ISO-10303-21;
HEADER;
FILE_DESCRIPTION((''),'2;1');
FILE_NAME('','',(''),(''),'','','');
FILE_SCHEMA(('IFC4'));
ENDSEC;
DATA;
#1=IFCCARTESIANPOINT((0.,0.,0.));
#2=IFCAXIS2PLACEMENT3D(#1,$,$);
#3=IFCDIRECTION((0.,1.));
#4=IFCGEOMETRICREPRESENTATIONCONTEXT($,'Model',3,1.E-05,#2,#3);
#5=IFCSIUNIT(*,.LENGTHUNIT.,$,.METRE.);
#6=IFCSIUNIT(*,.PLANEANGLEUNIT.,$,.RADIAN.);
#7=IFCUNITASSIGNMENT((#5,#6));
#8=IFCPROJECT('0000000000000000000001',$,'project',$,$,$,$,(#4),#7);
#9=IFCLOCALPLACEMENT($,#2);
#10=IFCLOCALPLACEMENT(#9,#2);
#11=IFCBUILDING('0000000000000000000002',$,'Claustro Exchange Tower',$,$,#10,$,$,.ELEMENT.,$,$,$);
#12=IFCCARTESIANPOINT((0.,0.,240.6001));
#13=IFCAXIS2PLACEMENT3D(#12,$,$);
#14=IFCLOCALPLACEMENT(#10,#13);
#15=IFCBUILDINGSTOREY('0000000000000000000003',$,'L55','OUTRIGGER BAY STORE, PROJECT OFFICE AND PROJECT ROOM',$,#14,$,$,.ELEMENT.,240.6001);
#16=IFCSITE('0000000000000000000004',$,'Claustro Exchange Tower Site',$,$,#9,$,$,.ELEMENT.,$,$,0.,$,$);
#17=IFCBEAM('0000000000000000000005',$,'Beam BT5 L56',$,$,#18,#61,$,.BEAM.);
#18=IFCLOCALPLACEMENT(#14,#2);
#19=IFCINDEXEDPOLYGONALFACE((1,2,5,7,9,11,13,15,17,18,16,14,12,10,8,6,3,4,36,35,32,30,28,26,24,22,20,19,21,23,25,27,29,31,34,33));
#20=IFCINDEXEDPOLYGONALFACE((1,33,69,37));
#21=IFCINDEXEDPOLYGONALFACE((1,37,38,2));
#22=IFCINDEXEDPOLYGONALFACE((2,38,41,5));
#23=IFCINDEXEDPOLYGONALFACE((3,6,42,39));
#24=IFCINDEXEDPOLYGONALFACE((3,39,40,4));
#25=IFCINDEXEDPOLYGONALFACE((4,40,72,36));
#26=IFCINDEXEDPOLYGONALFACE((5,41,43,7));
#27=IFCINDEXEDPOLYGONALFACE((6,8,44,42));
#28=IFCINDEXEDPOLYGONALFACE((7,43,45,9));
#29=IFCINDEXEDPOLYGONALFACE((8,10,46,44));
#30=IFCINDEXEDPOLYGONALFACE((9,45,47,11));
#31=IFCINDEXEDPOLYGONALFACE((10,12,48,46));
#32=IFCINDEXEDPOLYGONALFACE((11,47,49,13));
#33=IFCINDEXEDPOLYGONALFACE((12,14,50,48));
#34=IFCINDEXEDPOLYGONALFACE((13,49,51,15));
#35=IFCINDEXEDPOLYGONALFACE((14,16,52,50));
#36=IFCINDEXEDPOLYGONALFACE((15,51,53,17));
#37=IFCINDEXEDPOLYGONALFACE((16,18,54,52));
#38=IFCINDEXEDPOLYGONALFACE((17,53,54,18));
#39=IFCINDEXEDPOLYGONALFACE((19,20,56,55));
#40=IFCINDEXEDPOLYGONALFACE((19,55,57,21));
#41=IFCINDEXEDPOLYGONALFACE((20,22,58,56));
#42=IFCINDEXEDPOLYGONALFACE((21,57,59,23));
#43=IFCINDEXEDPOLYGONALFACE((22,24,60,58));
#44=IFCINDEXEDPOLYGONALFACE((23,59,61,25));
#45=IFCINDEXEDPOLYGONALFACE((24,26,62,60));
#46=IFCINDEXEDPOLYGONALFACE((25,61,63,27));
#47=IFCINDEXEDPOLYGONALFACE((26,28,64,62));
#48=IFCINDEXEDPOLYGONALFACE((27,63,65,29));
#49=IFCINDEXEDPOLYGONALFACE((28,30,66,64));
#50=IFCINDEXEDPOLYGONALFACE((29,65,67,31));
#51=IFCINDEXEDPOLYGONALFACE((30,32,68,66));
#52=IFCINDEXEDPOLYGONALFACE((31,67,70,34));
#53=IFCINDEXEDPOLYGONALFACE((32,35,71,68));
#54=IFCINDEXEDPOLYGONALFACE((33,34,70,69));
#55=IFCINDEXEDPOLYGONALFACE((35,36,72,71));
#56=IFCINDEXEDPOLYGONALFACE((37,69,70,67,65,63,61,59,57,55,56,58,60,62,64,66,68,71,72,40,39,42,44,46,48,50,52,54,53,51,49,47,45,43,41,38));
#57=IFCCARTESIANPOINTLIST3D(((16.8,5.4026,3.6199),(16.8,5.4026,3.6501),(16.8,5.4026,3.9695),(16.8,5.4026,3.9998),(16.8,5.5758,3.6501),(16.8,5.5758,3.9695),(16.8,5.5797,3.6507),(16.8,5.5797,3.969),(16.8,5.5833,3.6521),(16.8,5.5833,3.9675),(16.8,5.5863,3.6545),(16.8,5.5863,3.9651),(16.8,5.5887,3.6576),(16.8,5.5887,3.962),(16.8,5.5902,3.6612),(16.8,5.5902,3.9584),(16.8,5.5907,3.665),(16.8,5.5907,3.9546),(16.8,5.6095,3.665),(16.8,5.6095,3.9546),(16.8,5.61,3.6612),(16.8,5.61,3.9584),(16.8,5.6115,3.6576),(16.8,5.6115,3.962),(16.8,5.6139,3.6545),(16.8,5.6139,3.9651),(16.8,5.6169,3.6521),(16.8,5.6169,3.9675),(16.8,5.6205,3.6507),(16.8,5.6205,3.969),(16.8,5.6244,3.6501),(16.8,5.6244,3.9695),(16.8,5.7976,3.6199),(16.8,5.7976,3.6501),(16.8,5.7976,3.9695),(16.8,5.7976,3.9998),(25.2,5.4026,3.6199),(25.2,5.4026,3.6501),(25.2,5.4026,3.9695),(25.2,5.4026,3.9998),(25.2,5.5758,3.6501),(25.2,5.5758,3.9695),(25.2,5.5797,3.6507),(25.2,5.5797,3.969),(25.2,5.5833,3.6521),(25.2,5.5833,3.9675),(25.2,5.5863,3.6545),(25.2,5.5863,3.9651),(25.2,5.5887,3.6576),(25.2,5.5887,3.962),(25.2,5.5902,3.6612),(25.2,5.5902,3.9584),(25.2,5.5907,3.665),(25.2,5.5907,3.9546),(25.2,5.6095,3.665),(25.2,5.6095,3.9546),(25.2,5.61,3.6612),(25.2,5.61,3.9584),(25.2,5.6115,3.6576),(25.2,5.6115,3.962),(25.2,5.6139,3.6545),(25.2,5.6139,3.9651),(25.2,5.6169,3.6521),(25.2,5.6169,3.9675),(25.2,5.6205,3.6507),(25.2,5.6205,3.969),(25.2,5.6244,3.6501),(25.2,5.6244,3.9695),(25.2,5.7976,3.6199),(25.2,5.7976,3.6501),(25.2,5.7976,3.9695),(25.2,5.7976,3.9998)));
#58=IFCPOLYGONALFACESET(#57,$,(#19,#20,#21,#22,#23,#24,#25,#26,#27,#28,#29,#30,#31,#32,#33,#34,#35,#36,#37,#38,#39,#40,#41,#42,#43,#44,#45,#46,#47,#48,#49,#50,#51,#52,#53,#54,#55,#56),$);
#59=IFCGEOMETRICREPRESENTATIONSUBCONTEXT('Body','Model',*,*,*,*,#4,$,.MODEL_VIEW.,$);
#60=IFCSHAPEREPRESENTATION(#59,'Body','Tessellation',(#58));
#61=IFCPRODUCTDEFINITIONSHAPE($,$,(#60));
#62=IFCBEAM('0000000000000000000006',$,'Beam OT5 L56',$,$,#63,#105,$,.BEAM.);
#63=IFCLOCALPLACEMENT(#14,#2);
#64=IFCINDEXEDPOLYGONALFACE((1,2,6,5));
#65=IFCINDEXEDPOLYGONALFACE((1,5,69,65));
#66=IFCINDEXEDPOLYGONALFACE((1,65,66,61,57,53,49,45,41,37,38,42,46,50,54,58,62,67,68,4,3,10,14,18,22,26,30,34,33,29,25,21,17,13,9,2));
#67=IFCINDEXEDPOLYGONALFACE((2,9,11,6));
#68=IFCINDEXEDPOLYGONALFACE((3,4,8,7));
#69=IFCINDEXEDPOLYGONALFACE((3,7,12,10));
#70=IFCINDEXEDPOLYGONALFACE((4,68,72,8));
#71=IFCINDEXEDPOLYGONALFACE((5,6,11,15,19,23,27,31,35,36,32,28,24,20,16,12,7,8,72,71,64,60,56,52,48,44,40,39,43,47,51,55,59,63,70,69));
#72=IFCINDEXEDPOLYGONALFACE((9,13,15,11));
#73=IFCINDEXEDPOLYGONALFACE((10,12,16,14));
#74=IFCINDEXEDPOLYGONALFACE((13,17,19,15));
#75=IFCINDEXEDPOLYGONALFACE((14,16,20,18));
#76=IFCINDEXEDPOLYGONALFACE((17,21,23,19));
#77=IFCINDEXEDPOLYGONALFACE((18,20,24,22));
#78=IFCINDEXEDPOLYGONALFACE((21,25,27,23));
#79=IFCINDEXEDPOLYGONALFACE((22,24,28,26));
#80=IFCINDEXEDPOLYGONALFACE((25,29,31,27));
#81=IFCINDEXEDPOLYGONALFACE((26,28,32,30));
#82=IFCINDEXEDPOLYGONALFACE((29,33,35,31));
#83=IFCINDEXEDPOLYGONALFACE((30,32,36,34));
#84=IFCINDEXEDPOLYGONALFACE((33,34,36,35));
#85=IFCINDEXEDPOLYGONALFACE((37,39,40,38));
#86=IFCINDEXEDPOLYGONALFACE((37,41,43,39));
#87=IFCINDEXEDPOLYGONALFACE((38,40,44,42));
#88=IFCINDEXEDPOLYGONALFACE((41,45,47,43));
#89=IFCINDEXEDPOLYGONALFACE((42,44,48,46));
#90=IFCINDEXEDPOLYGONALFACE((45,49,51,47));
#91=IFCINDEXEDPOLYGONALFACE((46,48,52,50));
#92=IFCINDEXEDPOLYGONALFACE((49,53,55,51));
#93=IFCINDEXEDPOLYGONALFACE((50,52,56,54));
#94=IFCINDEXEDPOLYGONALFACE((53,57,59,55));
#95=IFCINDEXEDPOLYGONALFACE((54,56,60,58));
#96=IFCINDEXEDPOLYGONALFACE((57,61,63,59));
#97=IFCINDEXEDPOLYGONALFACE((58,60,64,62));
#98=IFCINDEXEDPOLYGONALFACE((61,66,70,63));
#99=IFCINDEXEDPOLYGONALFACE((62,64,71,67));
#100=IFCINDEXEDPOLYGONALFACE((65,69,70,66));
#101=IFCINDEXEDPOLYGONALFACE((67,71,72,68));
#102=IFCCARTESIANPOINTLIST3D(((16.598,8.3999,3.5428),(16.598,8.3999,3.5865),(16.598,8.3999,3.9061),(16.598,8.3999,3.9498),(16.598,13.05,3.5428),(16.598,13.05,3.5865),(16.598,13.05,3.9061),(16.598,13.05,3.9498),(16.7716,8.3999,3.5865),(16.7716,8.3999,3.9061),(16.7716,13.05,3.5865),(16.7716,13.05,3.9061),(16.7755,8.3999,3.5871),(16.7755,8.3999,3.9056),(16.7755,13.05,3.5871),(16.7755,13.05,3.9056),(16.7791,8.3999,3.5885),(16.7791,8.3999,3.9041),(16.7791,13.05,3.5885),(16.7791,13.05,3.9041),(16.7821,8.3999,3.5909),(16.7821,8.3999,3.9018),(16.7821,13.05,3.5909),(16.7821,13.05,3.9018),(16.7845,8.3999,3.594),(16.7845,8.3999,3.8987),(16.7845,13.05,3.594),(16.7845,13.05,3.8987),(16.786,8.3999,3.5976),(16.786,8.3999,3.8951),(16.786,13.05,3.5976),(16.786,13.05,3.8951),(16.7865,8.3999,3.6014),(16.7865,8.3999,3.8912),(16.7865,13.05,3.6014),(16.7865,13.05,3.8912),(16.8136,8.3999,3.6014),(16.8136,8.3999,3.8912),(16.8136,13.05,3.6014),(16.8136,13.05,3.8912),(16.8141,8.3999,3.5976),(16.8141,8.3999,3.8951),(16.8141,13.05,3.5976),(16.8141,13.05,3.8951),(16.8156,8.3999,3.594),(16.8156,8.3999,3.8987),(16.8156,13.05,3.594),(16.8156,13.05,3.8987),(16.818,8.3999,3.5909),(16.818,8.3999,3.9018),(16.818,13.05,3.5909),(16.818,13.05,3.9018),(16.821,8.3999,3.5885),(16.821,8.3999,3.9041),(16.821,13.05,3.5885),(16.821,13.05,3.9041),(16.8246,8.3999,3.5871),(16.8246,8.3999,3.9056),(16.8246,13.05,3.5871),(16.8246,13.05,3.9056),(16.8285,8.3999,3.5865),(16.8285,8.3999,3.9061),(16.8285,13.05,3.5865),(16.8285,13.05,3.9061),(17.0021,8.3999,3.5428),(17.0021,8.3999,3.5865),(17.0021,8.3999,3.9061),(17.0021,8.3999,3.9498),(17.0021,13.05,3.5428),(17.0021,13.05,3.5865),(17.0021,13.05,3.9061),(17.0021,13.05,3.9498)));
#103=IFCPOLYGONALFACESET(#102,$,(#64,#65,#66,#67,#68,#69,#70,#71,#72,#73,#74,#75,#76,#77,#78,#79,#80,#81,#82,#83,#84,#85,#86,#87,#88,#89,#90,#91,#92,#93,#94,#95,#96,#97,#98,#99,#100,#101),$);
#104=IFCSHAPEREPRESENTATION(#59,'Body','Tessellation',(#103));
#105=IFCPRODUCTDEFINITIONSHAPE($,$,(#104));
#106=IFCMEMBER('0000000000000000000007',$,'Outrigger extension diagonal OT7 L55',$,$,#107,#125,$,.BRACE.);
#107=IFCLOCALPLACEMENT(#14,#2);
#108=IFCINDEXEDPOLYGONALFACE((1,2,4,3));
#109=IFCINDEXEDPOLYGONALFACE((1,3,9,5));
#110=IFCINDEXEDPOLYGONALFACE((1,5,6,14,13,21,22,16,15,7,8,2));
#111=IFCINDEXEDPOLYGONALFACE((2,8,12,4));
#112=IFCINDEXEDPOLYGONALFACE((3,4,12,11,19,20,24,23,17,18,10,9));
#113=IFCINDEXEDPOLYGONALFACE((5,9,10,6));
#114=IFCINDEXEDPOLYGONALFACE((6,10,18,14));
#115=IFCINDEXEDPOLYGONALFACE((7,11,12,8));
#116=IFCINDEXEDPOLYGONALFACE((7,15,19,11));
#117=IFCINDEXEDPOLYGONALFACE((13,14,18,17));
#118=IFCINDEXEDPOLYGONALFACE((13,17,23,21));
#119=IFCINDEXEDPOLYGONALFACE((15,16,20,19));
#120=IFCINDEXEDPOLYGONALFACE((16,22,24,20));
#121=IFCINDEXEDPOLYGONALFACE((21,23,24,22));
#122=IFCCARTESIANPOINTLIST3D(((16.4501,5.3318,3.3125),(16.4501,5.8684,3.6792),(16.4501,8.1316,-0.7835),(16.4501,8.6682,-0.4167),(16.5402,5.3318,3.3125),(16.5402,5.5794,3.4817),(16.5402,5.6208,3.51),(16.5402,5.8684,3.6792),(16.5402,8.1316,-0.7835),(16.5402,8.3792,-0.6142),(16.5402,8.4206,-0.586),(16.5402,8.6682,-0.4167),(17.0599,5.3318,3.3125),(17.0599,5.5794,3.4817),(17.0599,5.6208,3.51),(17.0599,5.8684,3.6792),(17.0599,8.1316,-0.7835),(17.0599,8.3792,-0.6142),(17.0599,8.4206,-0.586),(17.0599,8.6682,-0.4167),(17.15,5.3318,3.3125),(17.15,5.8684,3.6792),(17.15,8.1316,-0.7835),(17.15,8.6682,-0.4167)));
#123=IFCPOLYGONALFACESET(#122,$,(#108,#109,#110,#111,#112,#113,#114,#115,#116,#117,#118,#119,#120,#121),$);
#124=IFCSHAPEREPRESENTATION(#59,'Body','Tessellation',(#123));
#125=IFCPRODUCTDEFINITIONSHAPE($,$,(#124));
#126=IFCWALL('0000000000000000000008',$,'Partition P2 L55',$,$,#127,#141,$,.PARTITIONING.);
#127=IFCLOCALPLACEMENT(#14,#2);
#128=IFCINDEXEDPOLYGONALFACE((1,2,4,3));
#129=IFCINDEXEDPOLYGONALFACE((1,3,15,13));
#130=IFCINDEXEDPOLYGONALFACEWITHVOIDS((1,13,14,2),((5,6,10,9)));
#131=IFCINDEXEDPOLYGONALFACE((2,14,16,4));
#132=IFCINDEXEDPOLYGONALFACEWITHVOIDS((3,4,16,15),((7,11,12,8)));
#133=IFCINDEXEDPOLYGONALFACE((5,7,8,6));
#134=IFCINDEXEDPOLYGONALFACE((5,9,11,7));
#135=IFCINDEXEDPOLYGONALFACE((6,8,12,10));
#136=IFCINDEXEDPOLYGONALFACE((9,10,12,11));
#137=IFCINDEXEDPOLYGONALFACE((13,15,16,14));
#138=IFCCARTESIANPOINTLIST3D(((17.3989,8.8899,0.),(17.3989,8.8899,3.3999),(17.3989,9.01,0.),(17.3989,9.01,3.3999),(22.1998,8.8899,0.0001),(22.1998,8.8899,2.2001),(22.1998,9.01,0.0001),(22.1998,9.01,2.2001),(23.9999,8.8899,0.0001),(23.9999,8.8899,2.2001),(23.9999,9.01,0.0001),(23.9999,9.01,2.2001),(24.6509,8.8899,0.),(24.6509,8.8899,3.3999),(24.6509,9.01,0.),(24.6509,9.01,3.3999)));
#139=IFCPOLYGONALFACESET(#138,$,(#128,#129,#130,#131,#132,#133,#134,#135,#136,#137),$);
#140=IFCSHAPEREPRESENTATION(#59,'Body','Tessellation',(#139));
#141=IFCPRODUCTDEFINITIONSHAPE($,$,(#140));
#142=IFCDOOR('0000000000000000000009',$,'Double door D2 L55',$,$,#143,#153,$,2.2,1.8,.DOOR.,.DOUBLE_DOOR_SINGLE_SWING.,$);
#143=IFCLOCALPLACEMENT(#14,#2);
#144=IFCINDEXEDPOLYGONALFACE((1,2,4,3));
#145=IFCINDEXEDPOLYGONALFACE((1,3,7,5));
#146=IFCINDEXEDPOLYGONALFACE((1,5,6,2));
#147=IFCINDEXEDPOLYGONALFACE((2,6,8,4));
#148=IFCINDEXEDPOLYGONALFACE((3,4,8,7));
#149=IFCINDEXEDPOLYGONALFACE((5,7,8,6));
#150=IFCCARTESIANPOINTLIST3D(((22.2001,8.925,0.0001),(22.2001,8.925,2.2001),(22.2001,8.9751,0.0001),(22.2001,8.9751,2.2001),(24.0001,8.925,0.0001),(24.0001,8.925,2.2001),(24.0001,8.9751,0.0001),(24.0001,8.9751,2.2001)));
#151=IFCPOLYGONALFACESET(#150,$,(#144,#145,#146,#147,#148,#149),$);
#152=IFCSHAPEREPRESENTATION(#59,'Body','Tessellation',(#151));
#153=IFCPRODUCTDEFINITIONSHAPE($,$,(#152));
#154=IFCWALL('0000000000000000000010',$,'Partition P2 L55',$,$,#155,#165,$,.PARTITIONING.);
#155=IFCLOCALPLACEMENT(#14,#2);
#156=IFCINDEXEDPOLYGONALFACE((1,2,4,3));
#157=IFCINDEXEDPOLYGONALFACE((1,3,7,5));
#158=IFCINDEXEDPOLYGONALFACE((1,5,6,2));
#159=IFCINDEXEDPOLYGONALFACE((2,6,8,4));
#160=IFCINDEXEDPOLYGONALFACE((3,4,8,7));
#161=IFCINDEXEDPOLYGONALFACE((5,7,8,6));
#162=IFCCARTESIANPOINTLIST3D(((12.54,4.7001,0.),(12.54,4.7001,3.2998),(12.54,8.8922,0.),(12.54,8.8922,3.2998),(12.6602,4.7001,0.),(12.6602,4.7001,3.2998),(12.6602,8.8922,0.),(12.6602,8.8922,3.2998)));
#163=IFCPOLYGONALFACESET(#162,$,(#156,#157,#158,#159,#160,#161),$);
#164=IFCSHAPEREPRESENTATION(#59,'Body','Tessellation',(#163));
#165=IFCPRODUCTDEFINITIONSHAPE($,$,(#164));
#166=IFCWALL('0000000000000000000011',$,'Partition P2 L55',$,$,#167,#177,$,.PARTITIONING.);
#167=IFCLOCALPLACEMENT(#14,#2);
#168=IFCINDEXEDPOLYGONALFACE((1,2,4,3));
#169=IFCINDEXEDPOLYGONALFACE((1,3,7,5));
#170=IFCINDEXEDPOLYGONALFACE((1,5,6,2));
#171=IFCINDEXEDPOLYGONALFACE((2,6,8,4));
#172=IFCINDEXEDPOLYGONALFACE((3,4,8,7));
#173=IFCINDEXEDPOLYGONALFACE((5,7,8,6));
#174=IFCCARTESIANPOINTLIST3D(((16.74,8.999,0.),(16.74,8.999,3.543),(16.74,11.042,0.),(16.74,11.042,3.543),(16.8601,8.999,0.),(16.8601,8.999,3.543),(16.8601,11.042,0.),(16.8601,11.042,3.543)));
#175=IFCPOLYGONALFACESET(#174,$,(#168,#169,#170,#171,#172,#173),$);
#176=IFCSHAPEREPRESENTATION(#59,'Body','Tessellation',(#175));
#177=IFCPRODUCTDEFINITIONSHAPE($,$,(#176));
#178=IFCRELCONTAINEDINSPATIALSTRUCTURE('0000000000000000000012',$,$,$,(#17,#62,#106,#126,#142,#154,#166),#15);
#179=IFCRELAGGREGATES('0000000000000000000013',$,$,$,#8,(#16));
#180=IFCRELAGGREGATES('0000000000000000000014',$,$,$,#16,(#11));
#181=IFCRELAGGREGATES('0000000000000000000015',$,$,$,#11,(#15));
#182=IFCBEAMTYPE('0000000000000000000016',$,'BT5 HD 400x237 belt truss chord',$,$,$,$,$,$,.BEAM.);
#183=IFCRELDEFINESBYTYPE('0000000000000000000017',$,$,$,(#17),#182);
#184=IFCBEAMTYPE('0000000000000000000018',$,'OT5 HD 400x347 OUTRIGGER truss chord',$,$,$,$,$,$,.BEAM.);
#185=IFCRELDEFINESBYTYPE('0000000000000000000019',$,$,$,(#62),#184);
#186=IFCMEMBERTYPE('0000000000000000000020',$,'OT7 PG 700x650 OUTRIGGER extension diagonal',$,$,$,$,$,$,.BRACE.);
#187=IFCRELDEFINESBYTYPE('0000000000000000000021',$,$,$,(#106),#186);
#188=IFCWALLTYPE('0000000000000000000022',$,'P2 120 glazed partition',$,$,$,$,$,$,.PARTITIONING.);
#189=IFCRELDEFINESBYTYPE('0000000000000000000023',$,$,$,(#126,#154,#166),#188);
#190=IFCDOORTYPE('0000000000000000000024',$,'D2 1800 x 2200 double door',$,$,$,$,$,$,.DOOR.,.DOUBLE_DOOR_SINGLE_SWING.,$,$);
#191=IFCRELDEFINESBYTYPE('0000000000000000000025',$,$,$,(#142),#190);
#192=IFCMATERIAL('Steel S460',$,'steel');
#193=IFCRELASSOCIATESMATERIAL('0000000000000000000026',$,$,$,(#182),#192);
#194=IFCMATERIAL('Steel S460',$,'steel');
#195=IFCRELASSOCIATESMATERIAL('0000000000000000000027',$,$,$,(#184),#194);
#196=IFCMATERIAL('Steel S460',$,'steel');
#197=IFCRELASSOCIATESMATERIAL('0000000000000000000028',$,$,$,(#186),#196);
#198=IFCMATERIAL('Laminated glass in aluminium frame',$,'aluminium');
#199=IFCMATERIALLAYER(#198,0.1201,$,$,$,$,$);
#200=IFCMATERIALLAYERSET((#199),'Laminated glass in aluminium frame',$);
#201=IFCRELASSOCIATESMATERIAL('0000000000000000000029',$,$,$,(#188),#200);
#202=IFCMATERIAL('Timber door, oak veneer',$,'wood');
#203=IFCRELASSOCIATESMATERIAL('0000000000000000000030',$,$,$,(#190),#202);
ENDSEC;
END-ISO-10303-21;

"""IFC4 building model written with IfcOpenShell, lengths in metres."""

from ifc_helpers import new_model, si_unit, direction, frame, frame_2d, origin, origin_2d, place, context, subcontext, project, spatial, rectangle, i_section, extrude, material, layer, layer_set, material_profile, profile_set, type_object, element, fill, save


model = new_model("IFC4")

# Units and contexts
model_context = context("Model", 3, precision=1e-05, world=origin(), true_north=direction((0.0, 1.0)))
body_context = subcontext(model_context, "Body", "Model", "MODEL_VIEW")
ifc_project = project(units=[si_unit("LENGTHUNIT", "METRE"), si_unit("PLANEANGLEUNIT", "RADIAN")], contexts=[model_context])

# Site, building, storey
site_placement = place(None, origin())
site = spatial("IfcSite", under=ifc_project, at=site_placement, Name="Claustro Exchange Tower Site", CompositionType="ELEMENT", RefElevation=0.0)
building_placement = place(site_placement, origin())
building = spatial("IfcBuilding", under=site, at=building_placement, Name="Claustro Exchange Tower", CompositionType="ELEMENT")
storey_placement = place(building_placement, frame((0.0, 0.0, 240.6001)))
storey = spatial("IfcBuildingStorey", under=building, at=storey_placement, Name="L55", Description="OUTRIGGER BAY STORE, PROJECT OFFICE AND PROJECT ROOM", CompositionType="ELEMENT", Elevation=240.6001)

# Beams
ifc_material_1 = material(Name="Steel S460", Category="steel")
ifc_material_profile_1 = material_profile(ifc_material_1, i_section(OverallWidth=0.395, OverallDepth=0.3799, WebThickness=0.0188, FlangeThickness=0.0303, FilletRadius=0.0149, at=origin_2d()), Name="HD 400x237")
ifc_profile_set_1 = profile_set([ifc_material_profile_1], Name="Steel S460")
beam_type_1 = type_object("IfcBeamType", Name="BT5 HD 400x237 belt truss chord", PredefinedType="BEAM", material=ifc_profile_set_1)
beam_1_placement = place(storey_placement, frame((16.8, 5.6001, 3.8098), z_axis=(1.0, 0.0, 0.0), x_axis=(0.0, 1.0, 0.0)))
element("IfcBeam", 1, at=beam_1_placement, inside=storey, type_object=beam_type_1, Name="Beam BT5 L56", PredefinedType="BEAM", context=body_context, shape_type="SweptSolid", body=[
    extrude(i_section(OverallWidth=0.395, OverallDepth=0.3799, WebThickness=0.0188, FlangeThickness=0.0303, FilletRadius=0.0149, at=origin_2d()), origin(), (0.0, 0.0, 1.0), 8.3999),
])
ifc_material_2 = material(Name="Steel S460", Category="steel")
ifc_material_profile_2 = material_profile(ifc_material_2, i_section(OverallWidth=0.4041, OverallDepth=0.407, WebThickness=0.0271, FlangeThickness=0.0437, FilletRadius=0.0149, at=origin_2d()), Name="HD 400x347")
ifc_profile_set_2 = profile_set([ifc_material_profile_2], Name="Steel S460")
beam_type_2 = type_object("IfcBeamType", Name="OT5 HD 400x347 OUTRIGGER truss chord", PredefinedType="BEAM", material=ifc_profile_set_2)
beam_2_placement = place(storey_placement, frame((16.8, 8.3999, 3.7463), z_axis=(0.0, 1.0, 0.0), x_axis=(-1.0, 0.0, 0.0)))
element("IfcBeam", 2, at=beam_2_placement, inside=storey, type_object=beam_type_2, Name="Beam OT5 L56", PredefinedType="BEAM", context=body_context, shape_type="SweptSolid", body=[
    extrude(i_section(OverallWidth=0.4041, OverallDepth=0.407, WebThickness=0.0271, FlangeThickness=0.0437, FilletRadius=0.0149, at=origin_2d()), origin(), (0.0, 0.0, 1.0), 4.6501),
])

# Member
ifc_material_3 = material(Name="Steel S460", Category="steel")
ifc_material_profile_3 = material_profile(ifc_material_3, i_section(OverallWidth=0.6499, OverallDepth=0.7, WebThickness=0.05, FlangeThickness=0.0901, at=origin_2d()), Name="PG 700x650")
ifc_profile_set_3 = profile_set([ifc_material_profile_3], Name="Steel S460")
member_type = type_object("IfcMemberType", Name="OT7 PG 700x650 OUTRIGGER extension diagonal", PredefinedType="BRACE", material=ifc_profile_set_3)
member_placement = place(storey_placement, frame((16.8, 8.3999, -0.6001), z_axis=(0.0, -0.564315, 0.825559), x_axis=(0.0, 0.825559, 0.564315)))
element("IfcMember", 3, at=member_placement, inside=storey, type_object=member_type, Name="Outrigger extension diagonal OT7 L55", PredefinedType="BRACE", context=body_context, shape_type="SweptSolid", body=[
    extrude(i_section(OverallWidth=0.6499, OverallDepth=0.7, WebThickness=0.05, FlangeThickness=0.0901, at=origin_2d()), origin(), (0.0, 0.0, 1.0), 4.9614),
])

# Wall, opening, door
ifc_material_4 = material(Name="Laminated glass in aluminium frame", Category="aluminium")
ifc_layer_1 = layer(ifc_material_4, 0.1201)
ifc_layer_set_1 = layer_set([ifc_layer_1], Name="Laminated glass in aluminium frame")
wall_type_1 = type_object("IfcWallType", Name="P2 120 glazed partition", PredefinedType="PARTITIONING", material=ifc_layer_set_1)
wall_1_placement = place(storey_placement, frame((17.3989, 8.95, 0.0), z_axis=(0.0, 0.0, 1.0), x_axis=(1.0, 0.0, 0.0)))
wall_1 = element("IfcWall", 4, at=wall_1_placement, inside=storey, type_object=wall_type_1, Name="Partition P2 L55", PredefinedType="PARTITIONING", context=body_context, shape_type="SweptSolid", body=[
    extrude(rectangle(XDim=7.252, YDim=0.1201, at=frame_2d((3.626, 0.0))), origin(), (0.0, 0.0, 1.0), 3.3999),
])
opening_1_placement = place(wall_1_placement, frame((4.801, 0.0, 0.0)))
opening_1 = element("IfcOpeningElement", 5, at=opening_1_placement, cuts=wall_1, PredefinedType="OPENING", context=body_context, shape_type="SweptSolid", body=[
    extrude(rectangle(XDim=1.8, YDim=2.2, at=frame_2d((0.8999, 1.1001))), frame((0.0, 0.0701, 0.0), z_axis=(0.0, -1.0, 0.0), x_axis=(1.0, 0.0, 0.0)), (0.0, 0.0, 1.0), 0.1401),
])
ifc_material_5 = material(Name="Timber door, oak veneer", Category="wood")
door_type = type_object("IfcDoorType", Name="D2 1800 x 2200 double door", OperationType="DOUBLE_DOOR_SINGLE_SWING", PredefinedType="DOOR", material=ifc_material_5)
door_1_placement = place(opening_1_placement, frame((1.8, 0.0, 0.0), z_axis=(0.0, 0.0, 1.0), x_axis=(-1.0, 0.0, 0.0)))
door_1 = element("IfcDoor", 6, at=door_1_placement, inside=storey, type_object=door_type, Name="Double door D2 L55", OperationType="DOUBLE_DOOR_SINGLE_SWING", OverallHeight=2.2, OverallWidth=1.8, PredefinedType="DOOR", context=body_context, shape_type="SweptSolid", body=[
    extrude(rectangle(XDim=1.8, YDim=2.2, at=frame_2d((0.8999, 1.1001))), frame((0.0, 0.0249, 0.0), z_axis=(0.0, -1.0, 0.0), x_axis=(1.0, 0.0, 0.0)), (0.0, 0.0, 1.0), 0.05),
])
fill(opening_1, door_1)

# Walls
wall_2_placement = place(storey_placement, frame((12.6001, 4.7, 0.0), z_axis=(0.0, 0.0, 1.0), x_axis=(0.0, 1.0, 0.0)))
element("IfcWall", 7, at=wall_2_placement, inside=storey, type_object=wall_type_1, Name="Partition P2 L55", PredefinedType="PARTITIONING", context=body_context, shape_type="SweptSolid", body=[
    extrude(rectangle(XDim=4.1921, YDim=0.1201, at=frame_2d((2.0962, 0.0))), origin(), (0.0, 0.0, 1.0), 3.2998),
])
wall_3_placement = place(storey_placement, frame((16.8, 8.999, 0.0), z_axis=(0.0, 0.0, 1.0), x_axis=(0.0, 1.0, 0.0)))
element("IfcWall", 8, at=wall_3_placement, inside=storey, type_object=wall_type_1, Name="Partition P2 L55", PredefinedType="PARTITIONING", context=body_context, shape_type="SweptSolid", body=[
    extrude(rectangle(XDim=2.043, YDim=0.1201, at=frame_2d((1.0215, 0.0))), origin(), (0.0, 0.0, 1.0), 3.543),
])

save(model, "model.ifc")
